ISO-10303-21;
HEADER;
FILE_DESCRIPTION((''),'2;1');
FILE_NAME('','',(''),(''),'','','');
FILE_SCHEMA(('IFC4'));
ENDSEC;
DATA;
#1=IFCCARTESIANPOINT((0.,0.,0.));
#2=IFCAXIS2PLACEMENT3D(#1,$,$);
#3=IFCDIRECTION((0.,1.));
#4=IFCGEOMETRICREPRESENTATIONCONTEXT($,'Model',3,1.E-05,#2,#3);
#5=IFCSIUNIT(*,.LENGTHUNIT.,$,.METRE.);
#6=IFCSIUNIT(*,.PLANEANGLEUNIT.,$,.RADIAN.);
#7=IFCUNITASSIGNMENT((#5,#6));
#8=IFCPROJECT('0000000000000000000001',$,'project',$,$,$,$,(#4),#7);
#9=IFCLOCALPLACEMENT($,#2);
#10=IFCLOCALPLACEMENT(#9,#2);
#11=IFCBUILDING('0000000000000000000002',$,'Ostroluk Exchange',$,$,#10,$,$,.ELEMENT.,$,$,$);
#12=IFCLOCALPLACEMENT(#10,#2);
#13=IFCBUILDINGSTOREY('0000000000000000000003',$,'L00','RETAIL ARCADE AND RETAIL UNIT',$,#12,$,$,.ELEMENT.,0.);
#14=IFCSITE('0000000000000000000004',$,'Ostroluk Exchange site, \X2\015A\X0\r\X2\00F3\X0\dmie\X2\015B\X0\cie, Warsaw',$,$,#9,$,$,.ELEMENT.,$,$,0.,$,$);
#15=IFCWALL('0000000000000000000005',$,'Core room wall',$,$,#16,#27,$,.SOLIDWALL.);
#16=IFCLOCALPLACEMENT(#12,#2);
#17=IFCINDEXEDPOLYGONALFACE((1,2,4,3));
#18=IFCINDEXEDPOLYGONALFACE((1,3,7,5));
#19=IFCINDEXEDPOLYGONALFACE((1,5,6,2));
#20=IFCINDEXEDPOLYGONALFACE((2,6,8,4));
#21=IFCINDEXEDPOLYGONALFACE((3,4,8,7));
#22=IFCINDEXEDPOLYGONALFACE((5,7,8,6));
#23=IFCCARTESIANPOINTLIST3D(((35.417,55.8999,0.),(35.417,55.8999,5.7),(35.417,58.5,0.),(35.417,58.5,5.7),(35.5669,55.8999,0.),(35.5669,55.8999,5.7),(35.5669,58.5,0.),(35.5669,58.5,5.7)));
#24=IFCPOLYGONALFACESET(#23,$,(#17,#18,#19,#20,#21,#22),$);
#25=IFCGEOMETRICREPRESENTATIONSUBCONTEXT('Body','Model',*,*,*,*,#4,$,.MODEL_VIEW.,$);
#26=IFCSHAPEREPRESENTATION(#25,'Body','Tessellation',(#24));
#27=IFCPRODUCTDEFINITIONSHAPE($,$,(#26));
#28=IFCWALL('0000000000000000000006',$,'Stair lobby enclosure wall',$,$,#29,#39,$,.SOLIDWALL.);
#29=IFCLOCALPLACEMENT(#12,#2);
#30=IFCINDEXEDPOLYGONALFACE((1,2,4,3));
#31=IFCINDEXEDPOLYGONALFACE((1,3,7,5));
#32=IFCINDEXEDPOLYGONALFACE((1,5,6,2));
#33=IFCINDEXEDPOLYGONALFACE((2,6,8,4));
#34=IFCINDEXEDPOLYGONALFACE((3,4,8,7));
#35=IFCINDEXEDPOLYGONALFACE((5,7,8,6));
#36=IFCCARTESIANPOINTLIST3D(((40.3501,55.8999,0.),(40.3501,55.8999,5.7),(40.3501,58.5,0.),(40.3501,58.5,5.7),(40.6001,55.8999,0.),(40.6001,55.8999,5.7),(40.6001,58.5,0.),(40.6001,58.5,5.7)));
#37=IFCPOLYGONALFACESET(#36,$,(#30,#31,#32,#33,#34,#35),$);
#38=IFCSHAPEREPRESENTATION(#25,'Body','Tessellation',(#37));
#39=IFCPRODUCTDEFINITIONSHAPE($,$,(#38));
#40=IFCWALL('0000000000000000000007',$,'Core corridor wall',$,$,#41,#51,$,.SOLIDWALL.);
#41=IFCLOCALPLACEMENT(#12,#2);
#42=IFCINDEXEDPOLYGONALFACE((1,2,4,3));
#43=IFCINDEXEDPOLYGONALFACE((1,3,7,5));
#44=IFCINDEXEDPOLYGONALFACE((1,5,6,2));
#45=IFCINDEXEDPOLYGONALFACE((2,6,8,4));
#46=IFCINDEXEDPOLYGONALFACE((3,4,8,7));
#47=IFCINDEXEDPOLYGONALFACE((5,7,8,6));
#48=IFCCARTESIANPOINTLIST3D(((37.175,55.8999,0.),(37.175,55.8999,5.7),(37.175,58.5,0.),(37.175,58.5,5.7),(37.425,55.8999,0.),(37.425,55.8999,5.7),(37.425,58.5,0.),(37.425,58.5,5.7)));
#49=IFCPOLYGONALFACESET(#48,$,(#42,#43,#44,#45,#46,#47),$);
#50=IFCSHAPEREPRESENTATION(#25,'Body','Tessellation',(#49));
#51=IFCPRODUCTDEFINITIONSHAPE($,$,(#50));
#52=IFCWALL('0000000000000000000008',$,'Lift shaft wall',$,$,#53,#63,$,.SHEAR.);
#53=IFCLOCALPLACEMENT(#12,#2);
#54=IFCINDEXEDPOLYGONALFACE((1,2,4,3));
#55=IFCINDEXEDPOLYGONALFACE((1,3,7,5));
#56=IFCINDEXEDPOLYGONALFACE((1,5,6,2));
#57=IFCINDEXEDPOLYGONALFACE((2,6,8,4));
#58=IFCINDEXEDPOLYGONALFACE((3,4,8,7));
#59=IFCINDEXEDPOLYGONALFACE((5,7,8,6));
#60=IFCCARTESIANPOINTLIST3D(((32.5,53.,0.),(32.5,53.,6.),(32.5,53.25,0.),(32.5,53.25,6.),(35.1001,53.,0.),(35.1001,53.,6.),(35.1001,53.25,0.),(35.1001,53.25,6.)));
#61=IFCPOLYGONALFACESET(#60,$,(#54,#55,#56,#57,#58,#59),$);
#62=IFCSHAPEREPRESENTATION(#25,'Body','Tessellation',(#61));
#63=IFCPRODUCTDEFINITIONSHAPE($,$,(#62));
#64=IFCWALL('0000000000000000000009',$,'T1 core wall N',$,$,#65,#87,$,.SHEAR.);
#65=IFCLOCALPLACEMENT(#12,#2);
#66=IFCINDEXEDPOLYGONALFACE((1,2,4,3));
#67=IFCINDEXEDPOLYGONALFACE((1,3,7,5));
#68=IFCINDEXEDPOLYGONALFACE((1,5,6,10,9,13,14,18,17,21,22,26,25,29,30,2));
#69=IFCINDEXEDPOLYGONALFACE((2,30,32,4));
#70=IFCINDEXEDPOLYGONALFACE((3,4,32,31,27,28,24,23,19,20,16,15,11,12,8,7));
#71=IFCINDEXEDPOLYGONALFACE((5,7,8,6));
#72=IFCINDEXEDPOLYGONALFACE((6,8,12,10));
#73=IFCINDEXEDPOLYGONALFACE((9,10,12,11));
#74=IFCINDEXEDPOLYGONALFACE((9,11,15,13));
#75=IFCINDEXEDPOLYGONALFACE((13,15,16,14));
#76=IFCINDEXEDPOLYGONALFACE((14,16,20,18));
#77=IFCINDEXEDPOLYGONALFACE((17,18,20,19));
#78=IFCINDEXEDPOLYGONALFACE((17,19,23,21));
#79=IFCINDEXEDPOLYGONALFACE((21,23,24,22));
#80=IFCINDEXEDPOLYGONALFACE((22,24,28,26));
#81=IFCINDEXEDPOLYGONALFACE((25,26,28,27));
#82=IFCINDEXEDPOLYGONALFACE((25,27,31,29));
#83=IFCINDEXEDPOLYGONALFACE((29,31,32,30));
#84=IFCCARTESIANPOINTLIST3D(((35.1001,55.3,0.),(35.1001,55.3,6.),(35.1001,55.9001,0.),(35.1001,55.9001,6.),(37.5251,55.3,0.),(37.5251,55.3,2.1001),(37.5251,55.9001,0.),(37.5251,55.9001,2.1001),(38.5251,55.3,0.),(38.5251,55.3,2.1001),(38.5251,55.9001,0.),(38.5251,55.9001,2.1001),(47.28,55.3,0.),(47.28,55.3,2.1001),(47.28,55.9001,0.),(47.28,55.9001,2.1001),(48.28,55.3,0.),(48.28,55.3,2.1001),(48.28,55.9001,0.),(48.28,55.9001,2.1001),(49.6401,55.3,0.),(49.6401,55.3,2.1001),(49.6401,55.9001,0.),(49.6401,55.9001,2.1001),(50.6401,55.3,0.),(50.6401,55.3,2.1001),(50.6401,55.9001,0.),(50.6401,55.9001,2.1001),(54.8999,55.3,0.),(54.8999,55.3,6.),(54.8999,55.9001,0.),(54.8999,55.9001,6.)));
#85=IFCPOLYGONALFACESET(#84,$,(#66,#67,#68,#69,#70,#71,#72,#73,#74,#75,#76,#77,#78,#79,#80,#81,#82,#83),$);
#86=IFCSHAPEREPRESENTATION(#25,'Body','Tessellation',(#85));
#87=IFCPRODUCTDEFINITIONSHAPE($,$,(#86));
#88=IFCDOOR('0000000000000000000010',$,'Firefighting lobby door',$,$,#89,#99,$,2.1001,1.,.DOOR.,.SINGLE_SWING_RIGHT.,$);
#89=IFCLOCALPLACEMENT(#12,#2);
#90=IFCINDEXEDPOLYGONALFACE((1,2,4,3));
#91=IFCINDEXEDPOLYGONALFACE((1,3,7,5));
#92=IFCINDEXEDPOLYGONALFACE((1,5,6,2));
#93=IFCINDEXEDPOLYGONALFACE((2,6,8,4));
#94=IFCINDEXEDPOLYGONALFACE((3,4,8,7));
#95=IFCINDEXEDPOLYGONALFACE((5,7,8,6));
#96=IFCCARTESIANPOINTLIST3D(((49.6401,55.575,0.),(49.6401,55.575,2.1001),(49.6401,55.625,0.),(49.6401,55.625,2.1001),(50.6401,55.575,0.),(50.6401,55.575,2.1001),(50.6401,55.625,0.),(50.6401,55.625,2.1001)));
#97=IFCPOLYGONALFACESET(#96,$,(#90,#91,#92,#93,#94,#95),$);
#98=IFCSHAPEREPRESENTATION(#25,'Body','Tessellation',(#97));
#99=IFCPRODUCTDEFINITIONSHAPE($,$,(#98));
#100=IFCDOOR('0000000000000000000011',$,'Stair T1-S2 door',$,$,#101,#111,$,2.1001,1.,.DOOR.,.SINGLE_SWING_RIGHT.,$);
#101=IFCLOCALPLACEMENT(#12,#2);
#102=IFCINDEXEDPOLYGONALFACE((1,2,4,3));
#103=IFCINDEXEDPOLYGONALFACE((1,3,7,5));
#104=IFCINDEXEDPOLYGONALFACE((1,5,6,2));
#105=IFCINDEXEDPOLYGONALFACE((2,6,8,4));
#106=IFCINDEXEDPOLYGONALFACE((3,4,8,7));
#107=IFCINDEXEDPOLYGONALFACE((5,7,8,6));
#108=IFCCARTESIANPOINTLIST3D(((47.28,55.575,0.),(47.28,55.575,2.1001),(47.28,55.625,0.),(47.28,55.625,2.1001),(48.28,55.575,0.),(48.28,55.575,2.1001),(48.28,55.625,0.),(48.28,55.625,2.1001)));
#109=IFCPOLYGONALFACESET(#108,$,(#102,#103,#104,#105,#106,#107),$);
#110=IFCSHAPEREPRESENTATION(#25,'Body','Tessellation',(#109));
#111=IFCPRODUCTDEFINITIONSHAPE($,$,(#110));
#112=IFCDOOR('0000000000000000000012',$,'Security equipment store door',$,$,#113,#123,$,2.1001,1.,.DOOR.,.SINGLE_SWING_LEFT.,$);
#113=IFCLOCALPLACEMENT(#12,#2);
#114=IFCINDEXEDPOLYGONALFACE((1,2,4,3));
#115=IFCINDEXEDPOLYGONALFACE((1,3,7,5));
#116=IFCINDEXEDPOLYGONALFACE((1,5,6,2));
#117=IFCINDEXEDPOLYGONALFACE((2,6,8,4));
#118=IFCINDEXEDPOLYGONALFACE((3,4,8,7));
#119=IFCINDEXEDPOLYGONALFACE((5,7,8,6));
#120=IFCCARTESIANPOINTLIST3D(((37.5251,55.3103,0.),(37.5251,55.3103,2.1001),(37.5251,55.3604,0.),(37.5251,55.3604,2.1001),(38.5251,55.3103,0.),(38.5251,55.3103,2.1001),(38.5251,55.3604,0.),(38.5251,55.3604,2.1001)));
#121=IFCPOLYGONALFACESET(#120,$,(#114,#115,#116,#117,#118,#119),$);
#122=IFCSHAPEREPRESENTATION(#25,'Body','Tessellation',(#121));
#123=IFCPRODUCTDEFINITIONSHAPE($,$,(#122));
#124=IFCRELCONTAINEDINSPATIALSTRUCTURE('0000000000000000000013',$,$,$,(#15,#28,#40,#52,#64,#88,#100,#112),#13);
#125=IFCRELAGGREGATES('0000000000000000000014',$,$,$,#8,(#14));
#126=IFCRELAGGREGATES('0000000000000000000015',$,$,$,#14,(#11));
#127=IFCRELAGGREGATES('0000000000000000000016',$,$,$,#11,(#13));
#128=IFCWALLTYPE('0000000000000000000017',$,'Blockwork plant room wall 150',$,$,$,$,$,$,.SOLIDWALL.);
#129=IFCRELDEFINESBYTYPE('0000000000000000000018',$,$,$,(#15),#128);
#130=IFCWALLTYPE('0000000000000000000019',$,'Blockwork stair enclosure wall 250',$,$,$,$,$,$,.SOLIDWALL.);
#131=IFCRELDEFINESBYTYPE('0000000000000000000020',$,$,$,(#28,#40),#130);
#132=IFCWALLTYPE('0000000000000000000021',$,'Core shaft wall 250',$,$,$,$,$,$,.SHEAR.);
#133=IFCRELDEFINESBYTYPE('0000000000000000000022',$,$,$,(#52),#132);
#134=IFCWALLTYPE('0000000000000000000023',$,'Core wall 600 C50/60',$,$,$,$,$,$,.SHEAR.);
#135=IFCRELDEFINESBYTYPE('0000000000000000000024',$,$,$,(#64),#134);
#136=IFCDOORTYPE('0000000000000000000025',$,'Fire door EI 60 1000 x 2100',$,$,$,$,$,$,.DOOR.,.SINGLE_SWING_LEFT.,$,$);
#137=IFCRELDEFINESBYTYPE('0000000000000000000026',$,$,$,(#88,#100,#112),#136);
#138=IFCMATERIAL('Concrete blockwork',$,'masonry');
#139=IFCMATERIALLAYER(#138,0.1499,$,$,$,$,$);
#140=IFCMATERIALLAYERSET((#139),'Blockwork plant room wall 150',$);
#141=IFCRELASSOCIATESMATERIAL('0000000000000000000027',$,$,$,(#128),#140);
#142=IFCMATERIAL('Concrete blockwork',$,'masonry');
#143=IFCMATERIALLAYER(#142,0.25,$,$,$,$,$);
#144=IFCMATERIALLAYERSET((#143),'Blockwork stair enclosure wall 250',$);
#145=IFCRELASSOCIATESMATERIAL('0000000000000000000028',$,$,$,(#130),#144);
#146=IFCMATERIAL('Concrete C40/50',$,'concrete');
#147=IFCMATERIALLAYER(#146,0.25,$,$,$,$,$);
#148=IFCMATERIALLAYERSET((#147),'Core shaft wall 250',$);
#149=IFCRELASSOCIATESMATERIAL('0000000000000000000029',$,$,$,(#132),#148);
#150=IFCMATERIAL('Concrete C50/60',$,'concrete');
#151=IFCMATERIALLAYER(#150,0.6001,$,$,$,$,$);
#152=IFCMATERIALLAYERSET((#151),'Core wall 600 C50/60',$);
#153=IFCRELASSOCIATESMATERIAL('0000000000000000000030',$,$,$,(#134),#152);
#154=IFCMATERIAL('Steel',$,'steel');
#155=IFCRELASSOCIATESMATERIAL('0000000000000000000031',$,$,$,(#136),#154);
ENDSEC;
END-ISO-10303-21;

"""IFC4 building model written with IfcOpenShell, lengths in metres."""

from ifc_helpers import new_model, si_unit, direction, frame, frame_2d, origin, place, context, subcontext, project, spatial, rectangle, extrude, material, layer, layer_set, type_object, element, fill, save


model = new_model("IFC4")

# Units and contexts
model_context = context("Model", 3, precision=1e-05, world=origin(), true_north=direction((0.0, 1.0)))
body_context = subcontext(model_context, "Body", "Model", "MODEL_VIEW")
ifc_project = project(units=[si_unit("LENGTHUNIT", "METRE"), si_unit("PLANEANGLEUNIT", "RADIAN")], contexts=[model_context])

# Site, building, storey
site_placement = place(None, origin())
site = spatial("IfcSite", under=ifc_project, at=site_placement, Name="Ostroluk Exchange site, Śródmieście, Warsaw", CompositionType="ELEMENT", RefElevation=0.0)
building_placement = place(site_placement, origin())
building = spatial("IfcBuilding", under=site, at=building_placement, Name="Ostroluk Exchange", CompositionType="ELEMENT")
storey_placement = place(building_placement, origin())
storey = spatial("IfcBuildingStorey", under=building, at=storey_placement, Name="L00", Description="RETAIL ARCADE AND RETAIL UNIT", CompositionType="ELEMENT", Elevation=0.0)

# Walls
ifc_material_1 = material(Name="Concrete blockwork", Category="masonry")
ifc_layer_1 = layer(ifc_material_1, 0.1499)
ifc_layer_set_1 = layer_set([ifc_layer_1], Name="Blockwork plant room wall 150")
wall_type_1 = type_object("IfcWallType", Name="Blockwork plant room wall 150", PredefinedType="SOLIDWALL", material=ifc_layer_set_1)
wall_1_placement = place(storey_placement, frame((35.4919, 55.8999, 0.0), z_axis=(0.0, 0.0, 1.0), x_axis=(0.0, 1.0, 0.0)))
element("IfcWall", 1, at=wall_1_placement, inside=storey, type_object=wall_type_1, Name="Core room wall", PredefinedType="SOLIDWALL", context=body_context, shape_type="SweptSolid", body=[
    extrude(rectangle(XDim=2.6001, YDim=0.1499, at=frame_2d((1.3, 0.0))), origin(), (0.0, 0.0, 1.0), 5.7),
])
ifc_material_2 = material(Name="Concrete blockwork", Category="masonry")
ifc_layer_2 = layer(ifc_material_2, 0.25)
ifc_layer_set_2 = layer_set([ifc_layer_2], Name="Blockwork stair enclosure wall 250")
wall_type_2 = type_object("IfcWallType", Name="Blockwork stair enclosure wall 250", PredefinedType="SOLIDWALL", material=ifc_layer_set_2)
for number, where, z_axis, x_axis, name in (
    (2, (40.4751, 55.8999, 0.0), (0.0, 0.0, 1.0), (0.0, 1.0, 0.0), "Stair lobby enclosure wall"),
    (3, (37.3, 55.8999, 0.0), (0.0, 0.0, 1.0), (0.0, 1.0, 0.0), "Core corridor wall"),
):
    element("IfcWall", number, at=place(storey_placement, frame(where, z_axis=z_axis, x_axis=x_axis)), inside=storey, type_object=wall_type_2, Name=name, PredefinedType="SOLIDWALL", context=body_context, shape_type="SweptSolid", body=[
        extrude(rectangle(XDim=2.6001, YDim=0.25, at=frame_2d((1.3, 0.0))), origin(), (0.0, 0.0, 1.0), 5.7),
    ])
ifc_material_3 = material(Name="Concrete C40/50", Category="concrete")
ifc_layer_3 = layer(ifc_material_3, 0.25)
ifc_layer_set_3 = layer_set([ifc_layer_3], Name="Core shaft wall 250")
wall_type_3 = type_object("IfcWallType", Name="Core shaft wall 250", PredefinedType="SHEAR", material=ifc_layer_set_3)
wall_2_placement = place(storey_placement, frame((32.5, 53.125, 0.0), z_axis=(0.0, 0.0, 1.0), x_axis=(1.0, 0.0, 0.0)))
element("IfcWall", 4, at=wall_2_placement, inside=storey, type_object=wall_type_3, Name="Lift shaft wall", PredefinedType="SHEAR", context=body_context, shape_type="SweptSolid", body=[
    extrude(rectangle(XDim=2.6001, YDim=0.25, at=frame_2d((1.3, 0.0))), origin(), (0.0, 0.0, 1.0), 6.0),
])

# Wall, openings, doors
ifc_material_4 = material(Name="Concrete C50/60", Category="concrete")
ifc_layer_4 = layer(ifc_material_4, 0.6001)
ifc_layer_set_4 = layer_set([ifc_layer_4], Name="Core wall 600 C50/60")
wall_type_4 = type_object("IfcWallType", Name="Core wall 600 C50/60", PredefinedType="SHEAR", material=ifc_layer_set_4)
wall_3_placement = place(storey_placement, frame((35.1001, 55.6001, 0.0), z_axis=(0.0, 0.0, 1.0), x_axis=(1.0, 0.0, 0.0)))
wall_3 = element("IfcWall", 5, at=wall_3_placement, inside=storey, type_object=wall_type_4, Name="T1 core wall N", PredefinedType="SHEAR", context=body_context, shape_type="SweptSolid", body=[
    extrude(rectangle(XDim=19.7998, YDim=0.6001, at=frame_2d((9.8999, 0.0))), origin(), (0.0, 0.0, 1.0), 6.0),
])
opening_1_placement = place(wall_3_placement, frame((14.54, 0.0, 0.0)))
opening_1 = element("IfcOpeningElement", 6, at=opening_1_placement, cuts=wall_3, PredefinedType="OPENING", context=body_context, shape_type="SweptSolid", body=[
    extrude(rectangle(XDim=1.0, YDim=2.1001, at=frame_2d((0.5, 1.05))), frame((0.0, 0.3101, 0.0), z_axis=(0.0, -1.0, 0.0), x_axis=(1.0, 0.0, 0.0)), (0.0, 0.0, 1.0), 0.6201),
])
opening_2_placement = place(wall_3_placement, frame((12.1799, 0.0, 0.0)))
opening_2 = element("IfcOpeningElement", 7, at=opening_2_placement, cuts=wall_3, PredefinedType="OPENING", context=body_context, shape_type="SweptSolid", body=[
    extrude(rectangle(XDim=1.0, YDim=2.1001, at=frame_2d((0.5, 1.05))), frame((0.0, 0.3101, 0.0), z_axis=(0.0, -1.0, 0.0), x_axis=(1.0, 0.0, 0.0)), (0.0, 0.0, 1.0), 0.6201),
])
opening_3_placement = place(wall_3_placement, frame((2.425, 0.0, 0.0)))
opening_3 = element("IfcOpeningElement", 8, at=opening_3_placement, cuts=wall_3, PredefinedType="OPENING", context=body_context, shape_type="SweptSolid", body=[
    extrude(rectangle(XDim=1.0, YDim=2.1001, at=frame_2d((0.5, 1.05))), frame((0.0, 0.3101, 0.0), z_axis=(0.0, -1.0, 0.0), x_axis=(1.0, 0.0, 0.0)), (0.0, 0.0, 1.0), 0.6201),
])
ifc_material_5 = material(Name="Steel", Category="steel")
door_type = type_object("IfcDoorType", Name="Fire door EI 60 1000 x 2100", OperationType="SINGLE_SWING_LEFT", PredefinedType="DOOR", material=ifc_material_5)
door_1_placement = place(opening_1_placement, origin())
door_1 = element("IfcDoor", 9, at=door_1_placement, inside=storey, type_object=door_type, Name="Firefighting lobby door", OperationType="SINGLE_SWING_RIGHT", OverallHeight=2.1001, OverallWidth=1.0, PredefinedType="DOOR", context=body_context, shape_type="SweptSolid", body=[
    extrude(rectangle(XDim=1.0, YDim=2.1001, at=frame_2d((0.5, 1.05))), frame((0.0, 0.0249, 0.0), z_axis=(0.0, -1.0, 0.0), x_axis=(1.0, 0.0, 0.0)), (0.0, 0.0, 1.0), 0.05),
])
fill(opening_1, door_1)
door_2_placement = place(opening_2_placement, origin())
door_2 = element("IfcDoor", 10, at=door_2_placement, inside=storey, type_object=door_type, Name="Stair T1-S2 door", OperationType="SINGLE_SWING_RIGHT", OverallHeight=2.1001, OverallWidth=1.0, PredefinedType="DOOR", context=body_context, shape_type="SweptSolid", body=[
    extrude(rectangle(XDim=1.0, YDim=2.1001, at=frame_2d((0.5, 1.05))), frame((0.0, 0.0249, 0.0), z_axis=(0.0, -1.0, 0.0), x_axis=(1.0, 0.0, 0.0)), (0.0, 0.0, 1.0), 0.05),
])
fill(opening_2, door_2)
door_3_placement = place(opening_3_placement, origin())
door_3 = element("IfcDoor", 11, at=door_3_placement, inside=storey, type_object=door_type, Name="Security equipment store door", OperationType="SINGLE_SWING_LEFT", OverallHeight=2.1001, OverallWidth=1.0, PredefinedType="DOOR", context=body_context, shape_type="SweptSolid", body=[
    extrude(rectangle(XDim=1.0, YDim=2.1001, at=frame_2d((0.5, 1.05))), frame((0.0, -0.2397, 0.0), z_axis=(0.0, -1.0, 0.0), x_axis=(1.0, 0.0, 0.0)), (0.0, 0.0, 1.0), 0.05),
])
fill(opening_3, door_3)

save(model, "model.ifc")
